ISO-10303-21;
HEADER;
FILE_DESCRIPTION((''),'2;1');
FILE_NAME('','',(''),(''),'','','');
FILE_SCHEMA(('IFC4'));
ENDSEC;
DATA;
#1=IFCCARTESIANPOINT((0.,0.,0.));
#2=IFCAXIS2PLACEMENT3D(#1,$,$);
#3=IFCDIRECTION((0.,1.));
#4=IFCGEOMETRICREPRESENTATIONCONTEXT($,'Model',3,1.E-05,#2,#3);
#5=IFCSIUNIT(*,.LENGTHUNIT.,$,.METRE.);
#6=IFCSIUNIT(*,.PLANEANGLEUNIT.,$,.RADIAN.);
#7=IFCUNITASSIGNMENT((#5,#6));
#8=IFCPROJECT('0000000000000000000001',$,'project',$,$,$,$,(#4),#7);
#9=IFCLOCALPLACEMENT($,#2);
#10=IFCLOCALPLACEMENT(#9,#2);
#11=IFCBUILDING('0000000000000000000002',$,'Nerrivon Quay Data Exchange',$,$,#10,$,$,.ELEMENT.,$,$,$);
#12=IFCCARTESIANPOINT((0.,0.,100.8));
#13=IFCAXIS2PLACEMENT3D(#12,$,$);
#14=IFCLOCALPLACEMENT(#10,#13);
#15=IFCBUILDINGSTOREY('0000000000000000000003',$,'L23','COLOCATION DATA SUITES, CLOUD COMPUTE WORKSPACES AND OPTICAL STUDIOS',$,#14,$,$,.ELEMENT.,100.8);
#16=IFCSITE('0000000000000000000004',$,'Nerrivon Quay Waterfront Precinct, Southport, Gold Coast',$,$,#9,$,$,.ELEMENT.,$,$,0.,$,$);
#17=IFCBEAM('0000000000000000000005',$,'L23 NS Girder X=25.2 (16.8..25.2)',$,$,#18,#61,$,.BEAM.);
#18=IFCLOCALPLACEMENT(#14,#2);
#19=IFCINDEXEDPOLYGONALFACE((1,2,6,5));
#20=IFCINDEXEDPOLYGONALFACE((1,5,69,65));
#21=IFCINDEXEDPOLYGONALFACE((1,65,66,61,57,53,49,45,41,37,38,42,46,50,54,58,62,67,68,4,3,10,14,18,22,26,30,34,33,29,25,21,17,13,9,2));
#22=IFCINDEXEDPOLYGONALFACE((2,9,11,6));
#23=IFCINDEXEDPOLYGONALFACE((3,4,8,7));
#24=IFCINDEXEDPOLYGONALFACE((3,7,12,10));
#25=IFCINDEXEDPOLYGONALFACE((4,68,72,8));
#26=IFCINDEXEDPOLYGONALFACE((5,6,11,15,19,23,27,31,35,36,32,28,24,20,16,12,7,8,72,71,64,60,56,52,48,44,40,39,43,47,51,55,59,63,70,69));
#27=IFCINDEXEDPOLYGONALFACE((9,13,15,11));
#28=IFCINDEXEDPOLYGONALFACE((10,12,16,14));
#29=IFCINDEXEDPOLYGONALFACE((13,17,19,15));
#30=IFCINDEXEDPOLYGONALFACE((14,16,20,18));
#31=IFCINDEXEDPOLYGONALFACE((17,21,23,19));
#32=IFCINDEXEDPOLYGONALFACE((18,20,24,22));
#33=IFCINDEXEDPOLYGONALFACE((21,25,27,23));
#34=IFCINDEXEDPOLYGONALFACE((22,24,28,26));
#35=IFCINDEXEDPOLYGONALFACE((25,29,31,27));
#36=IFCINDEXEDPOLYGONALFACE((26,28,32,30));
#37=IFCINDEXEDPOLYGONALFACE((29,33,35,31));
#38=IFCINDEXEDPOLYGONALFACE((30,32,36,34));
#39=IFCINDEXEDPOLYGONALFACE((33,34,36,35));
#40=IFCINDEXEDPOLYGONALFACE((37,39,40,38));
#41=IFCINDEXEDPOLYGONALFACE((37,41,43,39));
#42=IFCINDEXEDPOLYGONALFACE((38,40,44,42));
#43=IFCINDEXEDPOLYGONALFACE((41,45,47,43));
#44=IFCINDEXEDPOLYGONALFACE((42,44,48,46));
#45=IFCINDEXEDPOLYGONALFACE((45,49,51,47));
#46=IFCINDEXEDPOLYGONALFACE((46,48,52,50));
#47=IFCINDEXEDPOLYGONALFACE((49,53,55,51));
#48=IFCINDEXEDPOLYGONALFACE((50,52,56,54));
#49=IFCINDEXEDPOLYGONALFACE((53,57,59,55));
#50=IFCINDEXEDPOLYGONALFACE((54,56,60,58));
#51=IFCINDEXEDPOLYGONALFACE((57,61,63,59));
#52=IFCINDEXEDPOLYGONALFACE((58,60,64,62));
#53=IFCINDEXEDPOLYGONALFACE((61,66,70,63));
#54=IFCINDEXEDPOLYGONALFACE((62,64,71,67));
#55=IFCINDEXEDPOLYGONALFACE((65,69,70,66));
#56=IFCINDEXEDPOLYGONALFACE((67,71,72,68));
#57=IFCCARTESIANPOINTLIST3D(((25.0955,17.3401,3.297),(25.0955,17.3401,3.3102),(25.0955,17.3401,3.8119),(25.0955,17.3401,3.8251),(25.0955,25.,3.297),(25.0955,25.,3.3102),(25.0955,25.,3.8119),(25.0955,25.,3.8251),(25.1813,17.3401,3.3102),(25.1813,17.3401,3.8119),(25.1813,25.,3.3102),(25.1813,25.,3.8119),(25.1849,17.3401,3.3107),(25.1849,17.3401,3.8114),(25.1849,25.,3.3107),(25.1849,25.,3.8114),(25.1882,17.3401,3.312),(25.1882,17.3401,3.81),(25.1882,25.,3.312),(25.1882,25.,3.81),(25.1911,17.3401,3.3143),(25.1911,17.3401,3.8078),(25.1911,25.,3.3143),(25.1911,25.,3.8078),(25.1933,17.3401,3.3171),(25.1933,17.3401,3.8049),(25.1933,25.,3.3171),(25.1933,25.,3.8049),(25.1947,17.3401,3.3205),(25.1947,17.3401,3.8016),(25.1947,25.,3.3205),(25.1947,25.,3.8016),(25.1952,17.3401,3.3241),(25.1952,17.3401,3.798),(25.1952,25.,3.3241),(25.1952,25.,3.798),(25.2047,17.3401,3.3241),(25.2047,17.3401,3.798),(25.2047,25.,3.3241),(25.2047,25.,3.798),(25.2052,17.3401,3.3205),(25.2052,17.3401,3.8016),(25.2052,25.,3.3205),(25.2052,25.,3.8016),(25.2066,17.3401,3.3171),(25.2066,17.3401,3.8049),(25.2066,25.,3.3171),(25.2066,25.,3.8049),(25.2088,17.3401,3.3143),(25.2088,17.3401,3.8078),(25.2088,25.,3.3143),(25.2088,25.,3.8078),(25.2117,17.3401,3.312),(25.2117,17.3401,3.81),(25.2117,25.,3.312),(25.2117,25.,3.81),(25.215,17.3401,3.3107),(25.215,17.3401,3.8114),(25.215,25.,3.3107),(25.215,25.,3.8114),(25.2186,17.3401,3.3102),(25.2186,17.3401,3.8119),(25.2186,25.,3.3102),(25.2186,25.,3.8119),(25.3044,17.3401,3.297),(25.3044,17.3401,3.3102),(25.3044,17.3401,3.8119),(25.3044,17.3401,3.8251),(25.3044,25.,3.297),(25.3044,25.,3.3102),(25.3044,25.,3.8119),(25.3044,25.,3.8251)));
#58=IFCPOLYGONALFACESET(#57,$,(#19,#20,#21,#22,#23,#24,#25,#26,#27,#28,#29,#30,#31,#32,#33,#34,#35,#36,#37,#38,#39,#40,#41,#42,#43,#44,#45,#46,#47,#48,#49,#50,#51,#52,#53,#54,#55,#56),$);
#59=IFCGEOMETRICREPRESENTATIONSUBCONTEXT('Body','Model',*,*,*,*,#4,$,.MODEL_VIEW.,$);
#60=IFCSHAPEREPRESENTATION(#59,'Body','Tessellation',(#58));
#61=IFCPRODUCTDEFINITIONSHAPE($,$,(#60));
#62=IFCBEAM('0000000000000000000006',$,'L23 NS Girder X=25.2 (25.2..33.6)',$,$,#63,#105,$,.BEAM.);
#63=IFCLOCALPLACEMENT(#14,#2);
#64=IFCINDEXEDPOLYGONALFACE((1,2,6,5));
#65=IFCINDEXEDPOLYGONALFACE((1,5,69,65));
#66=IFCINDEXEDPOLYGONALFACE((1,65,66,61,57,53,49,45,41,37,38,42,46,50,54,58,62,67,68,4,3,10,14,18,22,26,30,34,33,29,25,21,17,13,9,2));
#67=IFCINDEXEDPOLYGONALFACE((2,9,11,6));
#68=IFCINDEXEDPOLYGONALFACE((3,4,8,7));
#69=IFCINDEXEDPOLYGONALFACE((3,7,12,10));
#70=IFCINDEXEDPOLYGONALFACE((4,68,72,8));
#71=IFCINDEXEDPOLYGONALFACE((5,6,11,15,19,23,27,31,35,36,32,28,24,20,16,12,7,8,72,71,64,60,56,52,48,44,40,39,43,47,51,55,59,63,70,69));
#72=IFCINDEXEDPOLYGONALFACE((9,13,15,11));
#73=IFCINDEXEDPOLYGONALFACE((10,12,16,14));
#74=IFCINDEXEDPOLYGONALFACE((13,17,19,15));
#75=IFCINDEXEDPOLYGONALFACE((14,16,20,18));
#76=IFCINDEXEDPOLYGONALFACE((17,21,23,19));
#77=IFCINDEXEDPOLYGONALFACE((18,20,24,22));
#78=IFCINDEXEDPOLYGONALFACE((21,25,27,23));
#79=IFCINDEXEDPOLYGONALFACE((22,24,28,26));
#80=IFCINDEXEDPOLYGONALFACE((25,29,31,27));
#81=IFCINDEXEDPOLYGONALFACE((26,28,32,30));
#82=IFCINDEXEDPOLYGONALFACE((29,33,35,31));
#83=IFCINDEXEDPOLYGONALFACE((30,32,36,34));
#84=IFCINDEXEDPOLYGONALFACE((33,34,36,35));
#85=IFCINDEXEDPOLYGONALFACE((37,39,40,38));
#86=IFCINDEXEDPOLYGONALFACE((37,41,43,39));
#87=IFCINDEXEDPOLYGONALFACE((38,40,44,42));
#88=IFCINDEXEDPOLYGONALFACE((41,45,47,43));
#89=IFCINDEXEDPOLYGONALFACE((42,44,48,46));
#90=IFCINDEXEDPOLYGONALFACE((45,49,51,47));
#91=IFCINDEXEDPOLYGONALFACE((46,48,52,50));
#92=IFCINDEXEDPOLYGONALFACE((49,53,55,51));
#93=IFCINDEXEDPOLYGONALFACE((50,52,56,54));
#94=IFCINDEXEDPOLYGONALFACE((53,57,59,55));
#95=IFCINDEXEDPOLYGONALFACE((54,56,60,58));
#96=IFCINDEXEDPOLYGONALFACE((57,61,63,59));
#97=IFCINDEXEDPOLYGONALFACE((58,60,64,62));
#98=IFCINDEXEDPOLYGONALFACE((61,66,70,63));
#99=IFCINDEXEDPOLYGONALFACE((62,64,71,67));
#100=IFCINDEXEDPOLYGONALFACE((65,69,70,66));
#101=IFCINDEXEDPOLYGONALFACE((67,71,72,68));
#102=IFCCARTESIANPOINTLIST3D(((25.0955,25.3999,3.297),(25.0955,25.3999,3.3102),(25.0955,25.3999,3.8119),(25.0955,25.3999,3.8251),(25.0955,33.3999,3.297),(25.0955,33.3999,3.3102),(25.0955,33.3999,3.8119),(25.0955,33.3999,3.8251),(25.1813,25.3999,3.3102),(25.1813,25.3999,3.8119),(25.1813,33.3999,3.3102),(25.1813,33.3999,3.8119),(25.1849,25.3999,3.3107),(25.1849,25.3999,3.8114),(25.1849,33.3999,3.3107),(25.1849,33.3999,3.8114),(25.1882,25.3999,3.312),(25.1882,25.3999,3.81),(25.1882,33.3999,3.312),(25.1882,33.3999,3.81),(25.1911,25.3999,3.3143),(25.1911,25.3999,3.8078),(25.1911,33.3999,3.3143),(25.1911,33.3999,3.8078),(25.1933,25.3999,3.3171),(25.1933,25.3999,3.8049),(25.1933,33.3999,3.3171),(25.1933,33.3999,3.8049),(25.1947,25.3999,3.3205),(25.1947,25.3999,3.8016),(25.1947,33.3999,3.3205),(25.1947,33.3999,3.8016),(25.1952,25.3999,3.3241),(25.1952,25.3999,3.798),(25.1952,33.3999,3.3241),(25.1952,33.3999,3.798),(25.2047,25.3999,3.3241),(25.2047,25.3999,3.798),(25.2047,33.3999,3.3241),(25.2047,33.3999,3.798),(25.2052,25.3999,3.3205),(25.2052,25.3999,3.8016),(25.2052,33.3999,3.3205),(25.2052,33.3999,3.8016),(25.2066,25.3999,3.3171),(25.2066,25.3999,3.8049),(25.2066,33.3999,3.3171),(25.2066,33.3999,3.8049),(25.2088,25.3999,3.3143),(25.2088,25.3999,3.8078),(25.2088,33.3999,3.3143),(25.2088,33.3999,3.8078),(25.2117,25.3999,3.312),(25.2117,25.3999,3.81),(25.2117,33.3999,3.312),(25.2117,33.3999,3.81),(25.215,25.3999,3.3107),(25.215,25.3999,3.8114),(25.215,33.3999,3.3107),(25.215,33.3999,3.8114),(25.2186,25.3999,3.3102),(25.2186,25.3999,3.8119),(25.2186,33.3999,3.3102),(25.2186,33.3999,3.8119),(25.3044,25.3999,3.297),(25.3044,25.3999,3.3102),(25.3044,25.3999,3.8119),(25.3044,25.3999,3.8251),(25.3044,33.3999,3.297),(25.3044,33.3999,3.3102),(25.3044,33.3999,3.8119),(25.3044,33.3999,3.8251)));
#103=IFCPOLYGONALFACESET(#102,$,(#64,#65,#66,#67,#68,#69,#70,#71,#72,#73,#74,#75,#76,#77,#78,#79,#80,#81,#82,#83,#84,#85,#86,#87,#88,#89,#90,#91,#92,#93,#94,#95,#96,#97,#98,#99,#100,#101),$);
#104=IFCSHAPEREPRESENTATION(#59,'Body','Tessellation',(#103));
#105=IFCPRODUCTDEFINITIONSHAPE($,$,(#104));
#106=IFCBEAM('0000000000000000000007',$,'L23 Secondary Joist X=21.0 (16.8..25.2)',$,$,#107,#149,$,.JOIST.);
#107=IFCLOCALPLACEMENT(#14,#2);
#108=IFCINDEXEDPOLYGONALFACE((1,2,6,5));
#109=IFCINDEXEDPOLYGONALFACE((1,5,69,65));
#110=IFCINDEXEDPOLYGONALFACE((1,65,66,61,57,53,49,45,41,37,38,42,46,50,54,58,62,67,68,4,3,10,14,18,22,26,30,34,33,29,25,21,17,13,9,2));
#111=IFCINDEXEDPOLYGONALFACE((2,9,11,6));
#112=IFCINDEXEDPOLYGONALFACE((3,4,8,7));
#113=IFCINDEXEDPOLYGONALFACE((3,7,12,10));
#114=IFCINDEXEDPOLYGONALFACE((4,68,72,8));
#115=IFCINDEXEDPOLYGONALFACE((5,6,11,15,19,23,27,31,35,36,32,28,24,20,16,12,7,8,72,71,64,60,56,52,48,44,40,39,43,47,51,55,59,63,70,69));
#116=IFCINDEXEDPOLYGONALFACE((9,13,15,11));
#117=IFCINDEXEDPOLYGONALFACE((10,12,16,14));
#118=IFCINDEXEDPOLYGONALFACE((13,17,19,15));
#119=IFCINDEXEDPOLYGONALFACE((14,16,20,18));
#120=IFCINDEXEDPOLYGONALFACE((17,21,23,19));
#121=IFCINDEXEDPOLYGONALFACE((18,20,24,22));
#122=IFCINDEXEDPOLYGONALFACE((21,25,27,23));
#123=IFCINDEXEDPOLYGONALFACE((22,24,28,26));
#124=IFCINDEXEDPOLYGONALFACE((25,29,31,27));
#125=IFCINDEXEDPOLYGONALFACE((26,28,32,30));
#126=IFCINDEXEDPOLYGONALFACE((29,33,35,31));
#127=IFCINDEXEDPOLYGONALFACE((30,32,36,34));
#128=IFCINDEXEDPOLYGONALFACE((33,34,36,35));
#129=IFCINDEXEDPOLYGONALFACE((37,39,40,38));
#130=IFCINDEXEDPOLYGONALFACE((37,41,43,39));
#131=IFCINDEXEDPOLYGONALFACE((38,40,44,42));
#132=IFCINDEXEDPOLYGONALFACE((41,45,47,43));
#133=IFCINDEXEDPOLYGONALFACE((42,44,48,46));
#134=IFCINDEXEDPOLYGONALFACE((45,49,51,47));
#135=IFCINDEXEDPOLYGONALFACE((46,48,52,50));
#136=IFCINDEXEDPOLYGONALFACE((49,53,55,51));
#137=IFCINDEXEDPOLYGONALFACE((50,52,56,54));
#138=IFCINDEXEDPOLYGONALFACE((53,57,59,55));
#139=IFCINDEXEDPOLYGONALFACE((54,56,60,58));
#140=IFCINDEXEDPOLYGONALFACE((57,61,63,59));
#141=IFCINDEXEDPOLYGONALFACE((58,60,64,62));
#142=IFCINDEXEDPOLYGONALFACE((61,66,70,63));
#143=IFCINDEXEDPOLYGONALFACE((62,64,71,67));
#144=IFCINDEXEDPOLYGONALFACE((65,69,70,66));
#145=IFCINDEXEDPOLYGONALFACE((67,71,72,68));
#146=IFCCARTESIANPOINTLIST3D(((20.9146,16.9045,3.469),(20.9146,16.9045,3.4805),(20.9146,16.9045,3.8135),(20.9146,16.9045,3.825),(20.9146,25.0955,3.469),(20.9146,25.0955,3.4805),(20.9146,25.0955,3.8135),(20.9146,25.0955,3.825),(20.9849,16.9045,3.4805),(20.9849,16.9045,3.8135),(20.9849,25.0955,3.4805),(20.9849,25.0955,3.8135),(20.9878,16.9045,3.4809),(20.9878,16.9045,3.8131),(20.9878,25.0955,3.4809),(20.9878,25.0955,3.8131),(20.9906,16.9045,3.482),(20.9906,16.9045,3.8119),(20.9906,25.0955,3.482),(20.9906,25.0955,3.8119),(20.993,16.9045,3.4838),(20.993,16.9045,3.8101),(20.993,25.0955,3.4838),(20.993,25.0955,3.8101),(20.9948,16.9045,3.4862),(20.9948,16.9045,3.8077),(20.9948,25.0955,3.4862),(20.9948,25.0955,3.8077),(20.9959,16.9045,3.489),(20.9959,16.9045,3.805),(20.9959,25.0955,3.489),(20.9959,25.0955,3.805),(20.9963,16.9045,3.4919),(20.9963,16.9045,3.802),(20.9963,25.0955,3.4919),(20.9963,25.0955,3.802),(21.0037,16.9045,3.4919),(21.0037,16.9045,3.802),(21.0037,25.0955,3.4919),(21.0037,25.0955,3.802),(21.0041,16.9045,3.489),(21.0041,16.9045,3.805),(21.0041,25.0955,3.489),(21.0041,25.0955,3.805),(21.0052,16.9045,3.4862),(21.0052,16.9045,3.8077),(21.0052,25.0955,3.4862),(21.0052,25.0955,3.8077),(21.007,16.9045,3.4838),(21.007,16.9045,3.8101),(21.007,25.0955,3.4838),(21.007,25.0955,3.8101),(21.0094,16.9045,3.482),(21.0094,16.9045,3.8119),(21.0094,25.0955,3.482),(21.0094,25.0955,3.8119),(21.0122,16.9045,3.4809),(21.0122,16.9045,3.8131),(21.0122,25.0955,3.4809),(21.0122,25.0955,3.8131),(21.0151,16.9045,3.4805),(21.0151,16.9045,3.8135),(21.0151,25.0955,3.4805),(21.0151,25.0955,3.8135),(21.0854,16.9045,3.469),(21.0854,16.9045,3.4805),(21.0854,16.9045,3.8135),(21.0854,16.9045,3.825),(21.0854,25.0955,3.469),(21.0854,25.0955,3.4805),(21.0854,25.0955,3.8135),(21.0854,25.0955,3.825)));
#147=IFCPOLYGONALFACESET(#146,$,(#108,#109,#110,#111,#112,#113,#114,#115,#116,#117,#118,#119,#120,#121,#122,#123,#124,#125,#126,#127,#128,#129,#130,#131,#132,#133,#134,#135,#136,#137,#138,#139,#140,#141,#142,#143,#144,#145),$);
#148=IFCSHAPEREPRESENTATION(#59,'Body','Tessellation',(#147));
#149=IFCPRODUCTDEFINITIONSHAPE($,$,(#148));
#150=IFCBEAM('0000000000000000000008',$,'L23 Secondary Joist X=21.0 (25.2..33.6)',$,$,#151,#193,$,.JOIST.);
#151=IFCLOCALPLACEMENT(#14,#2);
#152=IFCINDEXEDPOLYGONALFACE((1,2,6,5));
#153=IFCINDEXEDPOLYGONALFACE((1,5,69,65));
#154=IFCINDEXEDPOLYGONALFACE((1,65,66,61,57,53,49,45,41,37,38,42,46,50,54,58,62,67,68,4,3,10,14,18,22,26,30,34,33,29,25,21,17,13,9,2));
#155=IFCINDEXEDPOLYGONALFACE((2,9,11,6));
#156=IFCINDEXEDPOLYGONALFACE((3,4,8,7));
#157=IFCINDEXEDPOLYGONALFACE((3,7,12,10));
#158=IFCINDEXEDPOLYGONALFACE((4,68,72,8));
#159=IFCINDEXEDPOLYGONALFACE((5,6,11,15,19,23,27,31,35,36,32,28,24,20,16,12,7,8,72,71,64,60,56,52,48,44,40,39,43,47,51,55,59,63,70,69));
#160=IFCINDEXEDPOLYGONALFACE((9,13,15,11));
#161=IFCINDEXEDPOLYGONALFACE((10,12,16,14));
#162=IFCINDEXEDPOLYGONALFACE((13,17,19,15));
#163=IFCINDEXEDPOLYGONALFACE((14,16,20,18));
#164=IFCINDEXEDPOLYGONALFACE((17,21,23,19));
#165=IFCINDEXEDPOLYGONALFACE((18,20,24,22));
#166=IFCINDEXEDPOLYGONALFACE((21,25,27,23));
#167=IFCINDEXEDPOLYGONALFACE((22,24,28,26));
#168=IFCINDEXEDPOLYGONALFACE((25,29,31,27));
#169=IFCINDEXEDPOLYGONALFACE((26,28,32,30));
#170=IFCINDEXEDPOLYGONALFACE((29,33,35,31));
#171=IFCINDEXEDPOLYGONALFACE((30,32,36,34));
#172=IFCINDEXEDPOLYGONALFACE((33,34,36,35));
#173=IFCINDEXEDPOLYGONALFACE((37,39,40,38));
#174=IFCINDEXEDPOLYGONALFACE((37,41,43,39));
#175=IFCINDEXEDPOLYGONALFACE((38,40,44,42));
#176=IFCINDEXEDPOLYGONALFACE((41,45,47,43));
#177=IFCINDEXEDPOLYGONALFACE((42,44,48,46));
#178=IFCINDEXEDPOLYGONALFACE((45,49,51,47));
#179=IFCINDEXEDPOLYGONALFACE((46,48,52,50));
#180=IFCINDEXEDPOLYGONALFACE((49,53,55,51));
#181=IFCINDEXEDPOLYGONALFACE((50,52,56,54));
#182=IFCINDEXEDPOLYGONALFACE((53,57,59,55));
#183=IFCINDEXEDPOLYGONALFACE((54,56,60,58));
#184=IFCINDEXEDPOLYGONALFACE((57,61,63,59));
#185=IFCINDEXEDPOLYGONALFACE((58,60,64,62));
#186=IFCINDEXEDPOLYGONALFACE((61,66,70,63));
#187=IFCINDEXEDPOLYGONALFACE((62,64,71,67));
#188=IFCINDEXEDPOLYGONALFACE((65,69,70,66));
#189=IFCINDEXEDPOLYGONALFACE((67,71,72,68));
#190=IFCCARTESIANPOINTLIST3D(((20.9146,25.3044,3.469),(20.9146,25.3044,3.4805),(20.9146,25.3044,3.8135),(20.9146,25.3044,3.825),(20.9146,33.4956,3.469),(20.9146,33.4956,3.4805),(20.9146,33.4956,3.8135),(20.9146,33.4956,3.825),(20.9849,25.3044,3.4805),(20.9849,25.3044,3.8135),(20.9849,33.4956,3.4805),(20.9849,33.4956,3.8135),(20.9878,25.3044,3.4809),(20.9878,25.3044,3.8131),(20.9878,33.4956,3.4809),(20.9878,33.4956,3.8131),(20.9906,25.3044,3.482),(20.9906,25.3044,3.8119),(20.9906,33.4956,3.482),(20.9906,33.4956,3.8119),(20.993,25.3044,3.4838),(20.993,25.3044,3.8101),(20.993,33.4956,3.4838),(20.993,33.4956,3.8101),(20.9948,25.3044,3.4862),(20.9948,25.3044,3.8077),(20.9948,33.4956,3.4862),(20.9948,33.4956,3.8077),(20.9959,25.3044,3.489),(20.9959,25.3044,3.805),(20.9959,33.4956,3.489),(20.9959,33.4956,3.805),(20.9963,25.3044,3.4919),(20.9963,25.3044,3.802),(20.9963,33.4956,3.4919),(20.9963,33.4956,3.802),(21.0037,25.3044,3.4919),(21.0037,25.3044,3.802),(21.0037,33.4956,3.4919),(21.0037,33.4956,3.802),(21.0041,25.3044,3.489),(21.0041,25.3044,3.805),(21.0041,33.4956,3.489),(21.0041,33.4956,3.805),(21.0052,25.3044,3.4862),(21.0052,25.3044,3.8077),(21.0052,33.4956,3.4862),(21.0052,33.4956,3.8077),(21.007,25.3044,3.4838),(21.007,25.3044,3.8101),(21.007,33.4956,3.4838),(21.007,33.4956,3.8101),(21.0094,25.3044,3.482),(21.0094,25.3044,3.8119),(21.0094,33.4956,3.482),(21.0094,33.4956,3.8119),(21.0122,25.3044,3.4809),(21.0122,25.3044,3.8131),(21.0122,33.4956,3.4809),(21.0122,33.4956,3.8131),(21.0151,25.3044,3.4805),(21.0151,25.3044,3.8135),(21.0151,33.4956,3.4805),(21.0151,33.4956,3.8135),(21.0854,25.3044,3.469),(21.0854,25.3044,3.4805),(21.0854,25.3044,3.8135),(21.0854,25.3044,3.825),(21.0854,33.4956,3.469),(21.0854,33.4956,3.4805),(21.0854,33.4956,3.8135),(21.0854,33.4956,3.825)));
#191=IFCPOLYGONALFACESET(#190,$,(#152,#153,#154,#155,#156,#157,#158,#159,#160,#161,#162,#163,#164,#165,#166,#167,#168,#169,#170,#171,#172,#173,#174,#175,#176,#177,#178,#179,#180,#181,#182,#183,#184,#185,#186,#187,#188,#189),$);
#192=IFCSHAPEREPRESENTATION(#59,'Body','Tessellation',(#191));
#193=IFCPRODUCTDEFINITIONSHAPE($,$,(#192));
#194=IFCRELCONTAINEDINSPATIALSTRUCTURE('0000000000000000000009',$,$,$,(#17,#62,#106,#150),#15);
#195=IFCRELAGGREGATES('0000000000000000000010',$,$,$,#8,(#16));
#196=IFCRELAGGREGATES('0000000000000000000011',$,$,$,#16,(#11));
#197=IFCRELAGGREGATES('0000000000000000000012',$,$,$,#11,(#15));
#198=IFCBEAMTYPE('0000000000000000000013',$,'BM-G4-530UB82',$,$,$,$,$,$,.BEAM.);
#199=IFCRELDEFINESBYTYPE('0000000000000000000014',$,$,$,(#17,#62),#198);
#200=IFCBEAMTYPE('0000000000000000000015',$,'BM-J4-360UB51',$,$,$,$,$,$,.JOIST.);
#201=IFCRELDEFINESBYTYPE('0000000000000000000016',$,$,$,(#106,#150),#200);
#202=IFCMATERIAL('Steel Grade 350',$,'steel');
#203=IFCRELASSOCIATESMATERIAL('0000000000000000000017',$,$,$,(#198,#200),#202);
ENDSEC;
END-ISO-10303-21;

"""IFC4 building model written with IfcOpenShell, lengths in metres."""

from ifc_helpers import new_model, si_unit, direction, frame, origin, origin_2d, place, context, subcontext, project, spatial, i_section, extrude, material, material_profile, profile_set, type_object, element, save


model = new_model("IFC4")

# Units and contexts
model_context = context("Model", 3, precision=1e-05, world=origin(), true_north=direction((0.0, 1.0)))
body_context = subcontext(model_context, "Body", "Model", "MODEL_VIEW")
ifc_project = project(units=[si_unit("LENGTHUNIT", "METRE"), si_unit("PLANEANGLEUNIT", "RADIAN")], contexts=[model_context])

# Site, building, storey
site_placement = place(None, origin())
site = spatial("IfcSite", under=ifc_project, at=site_placement, Name="Nerrivon Quay Waterfront Precinct, Southport, Gold Coast", CompositionType="ELEMENT", RefElevation=0.0)
building_placement = place(site_placement, origin())
building = spatial("IfcBuilding", under=site, at=building_placement, Name="Nerrivon Quay Data Exchange", CompositionType="ELEMENT")
storey_placement = place(building_placement, frame((0.0, 0.0, 100.8)))
storey = spatial("IfcBuildingStorey", under=building, at=storey_placement, Name="L23", Description="COLOCATION DATA SUITES, CLOUD COMPUTE WORKSPACES AND OPTICAL STUDIOS", CompositionType="ELEMENT", Elevation=100.8)

# Shared definitions
ifc_material_1 = material(Name="Steel Grade 350", Category="steel")

# Beams
ifc_material_profile_1 = material_profile(ifc_material_1, i_section(OverallWidth=0.209, OverallDepth=0.5281, WebThickness=0.0095, FlangeThickness=0.0132, FilletRadius=0.0139, at=origin_2d()), Name="530UB82.0")
ifc_profile_set_1 = profile_set([ifc_material_profile_1], Name="Steel Grade 350")
beam_type_1 = type_object("IfcBeamType", Name="BM-G4-530UB82", PredefinedType="BEAM", material=ifc_profile_set_1)
beam_1_placement = place(storey_placement, frame((25.2, 17.3401, 3.561), z_axis=(0.0, 1.0, 0.0), x_axis=(-1.0, 0.0, 0.0)))
element("IfcBeam", 1, at=beam_1_placement, inside=storey, type_object=beam_type_1, Name="L23 NS Girder X=25.2 (16.8..25.2)", PredefinedType="BEAM", context=body_context, shape_type="SweptSolid", body=[
    extrude(i_section(OverallWidth=0.209, OverallDepth=0.5281, WebThickness=0.0095, FlangeThickness=0.0132, FilletRadius=0.0139, at=origin_2d()), origin(), (0.0, 0.0, 1.0), 7.6599),
])
beam_2_placement = place(storey_placement, frame((25.2, 25.3999, 3.561), z_axis=(0.0, 1.0, 0.0), x_axis=(-1.0, 0.0, 0.0)))
element("IfcBeam", 2, at=beam_2_placement, inside=storey, type_object=beam_type_1, Name="L23 NS Girder X=25.2 (25.2..33.6)", PredefinedType="BEAM", context=body_context, shape_type="SweptSolid", body=[
    extrude(i_section(OverallWidth=0.209, OverallDepth=0.5281, WebThickness=0.0095, FlangeThickness=0.0132, FilletRadius=0.0139, at=origin_2d()), origin(), (0.0, 0.0, 1.0), 8.0),
])
ifc_material_profile_2 = material_profile(ifc_material_1, i_section(OverallWidth=0.1709, OverallDepth=0.356, WebThickness=0.0073, FlangeThickness=0.0115, FilletRadius=0.0115, at=origin_2d()), Name="360UB50.7")
ifc_profile_set_2 = profile_set([ifc_material_profile_2], Name="Steel Grade 350")
beam_type_2 = type_object("IfcBeamType", Name="BM-J4-360UB51", PredefinedType="JOIST", material=ifc_profile_set_2)
beam_3_placement = place(storey_placement, frame((21.0, 16.9045, 3.647), z_axis=(0.0, 1.0, 0.0), x_axis=(-1.0, 0.0, 0.0)))
element("IfcBeam", 3, at=beam_3_placement, inside=storey, type_object=beam_type_2, Name="L23 Secondary Joist X=21.0 (16.8..25.2)", PredefinedType="JOIST", context=body_context, shape_type="SweptSolid", body=[
    extrude(i_section(OverallWidth=0.1709, OverallDepth=0.356, WebThickness=0.0073, FlangeThickness=0.0115, FilletRadius=0.0115, at=origin_2d()), origin(), (0.0, 0.0, 1.0), 8.1909),
])
beam_4_placement = place(storey_placement, frame((21.0, 25.3044, 3.647), z_axis=(0.0, 1.0, 0.0), x_axis=(-1.0, 0.0, 0.0)))
element("IfcBeam", 4, at=beam_4_placement, inside=storey, type_object=beam_type_2, Name="L23 Secondary Joist X=21.0 (25.2..33.6)", PredefinedType="JOIST", context=body_context, shape_type="SweptSolid", body=[
    extrude(i_section(OverallWidth=0.1709, OverallDepth=0.356, WebThickness=0.0073, FlangeThickness=0.0115, FilletRadius=0.0115, at=origin_2d()), origin(), (0.0, 0.0, 1.0), 8.1912),
])

save(model, "model.ifc")
